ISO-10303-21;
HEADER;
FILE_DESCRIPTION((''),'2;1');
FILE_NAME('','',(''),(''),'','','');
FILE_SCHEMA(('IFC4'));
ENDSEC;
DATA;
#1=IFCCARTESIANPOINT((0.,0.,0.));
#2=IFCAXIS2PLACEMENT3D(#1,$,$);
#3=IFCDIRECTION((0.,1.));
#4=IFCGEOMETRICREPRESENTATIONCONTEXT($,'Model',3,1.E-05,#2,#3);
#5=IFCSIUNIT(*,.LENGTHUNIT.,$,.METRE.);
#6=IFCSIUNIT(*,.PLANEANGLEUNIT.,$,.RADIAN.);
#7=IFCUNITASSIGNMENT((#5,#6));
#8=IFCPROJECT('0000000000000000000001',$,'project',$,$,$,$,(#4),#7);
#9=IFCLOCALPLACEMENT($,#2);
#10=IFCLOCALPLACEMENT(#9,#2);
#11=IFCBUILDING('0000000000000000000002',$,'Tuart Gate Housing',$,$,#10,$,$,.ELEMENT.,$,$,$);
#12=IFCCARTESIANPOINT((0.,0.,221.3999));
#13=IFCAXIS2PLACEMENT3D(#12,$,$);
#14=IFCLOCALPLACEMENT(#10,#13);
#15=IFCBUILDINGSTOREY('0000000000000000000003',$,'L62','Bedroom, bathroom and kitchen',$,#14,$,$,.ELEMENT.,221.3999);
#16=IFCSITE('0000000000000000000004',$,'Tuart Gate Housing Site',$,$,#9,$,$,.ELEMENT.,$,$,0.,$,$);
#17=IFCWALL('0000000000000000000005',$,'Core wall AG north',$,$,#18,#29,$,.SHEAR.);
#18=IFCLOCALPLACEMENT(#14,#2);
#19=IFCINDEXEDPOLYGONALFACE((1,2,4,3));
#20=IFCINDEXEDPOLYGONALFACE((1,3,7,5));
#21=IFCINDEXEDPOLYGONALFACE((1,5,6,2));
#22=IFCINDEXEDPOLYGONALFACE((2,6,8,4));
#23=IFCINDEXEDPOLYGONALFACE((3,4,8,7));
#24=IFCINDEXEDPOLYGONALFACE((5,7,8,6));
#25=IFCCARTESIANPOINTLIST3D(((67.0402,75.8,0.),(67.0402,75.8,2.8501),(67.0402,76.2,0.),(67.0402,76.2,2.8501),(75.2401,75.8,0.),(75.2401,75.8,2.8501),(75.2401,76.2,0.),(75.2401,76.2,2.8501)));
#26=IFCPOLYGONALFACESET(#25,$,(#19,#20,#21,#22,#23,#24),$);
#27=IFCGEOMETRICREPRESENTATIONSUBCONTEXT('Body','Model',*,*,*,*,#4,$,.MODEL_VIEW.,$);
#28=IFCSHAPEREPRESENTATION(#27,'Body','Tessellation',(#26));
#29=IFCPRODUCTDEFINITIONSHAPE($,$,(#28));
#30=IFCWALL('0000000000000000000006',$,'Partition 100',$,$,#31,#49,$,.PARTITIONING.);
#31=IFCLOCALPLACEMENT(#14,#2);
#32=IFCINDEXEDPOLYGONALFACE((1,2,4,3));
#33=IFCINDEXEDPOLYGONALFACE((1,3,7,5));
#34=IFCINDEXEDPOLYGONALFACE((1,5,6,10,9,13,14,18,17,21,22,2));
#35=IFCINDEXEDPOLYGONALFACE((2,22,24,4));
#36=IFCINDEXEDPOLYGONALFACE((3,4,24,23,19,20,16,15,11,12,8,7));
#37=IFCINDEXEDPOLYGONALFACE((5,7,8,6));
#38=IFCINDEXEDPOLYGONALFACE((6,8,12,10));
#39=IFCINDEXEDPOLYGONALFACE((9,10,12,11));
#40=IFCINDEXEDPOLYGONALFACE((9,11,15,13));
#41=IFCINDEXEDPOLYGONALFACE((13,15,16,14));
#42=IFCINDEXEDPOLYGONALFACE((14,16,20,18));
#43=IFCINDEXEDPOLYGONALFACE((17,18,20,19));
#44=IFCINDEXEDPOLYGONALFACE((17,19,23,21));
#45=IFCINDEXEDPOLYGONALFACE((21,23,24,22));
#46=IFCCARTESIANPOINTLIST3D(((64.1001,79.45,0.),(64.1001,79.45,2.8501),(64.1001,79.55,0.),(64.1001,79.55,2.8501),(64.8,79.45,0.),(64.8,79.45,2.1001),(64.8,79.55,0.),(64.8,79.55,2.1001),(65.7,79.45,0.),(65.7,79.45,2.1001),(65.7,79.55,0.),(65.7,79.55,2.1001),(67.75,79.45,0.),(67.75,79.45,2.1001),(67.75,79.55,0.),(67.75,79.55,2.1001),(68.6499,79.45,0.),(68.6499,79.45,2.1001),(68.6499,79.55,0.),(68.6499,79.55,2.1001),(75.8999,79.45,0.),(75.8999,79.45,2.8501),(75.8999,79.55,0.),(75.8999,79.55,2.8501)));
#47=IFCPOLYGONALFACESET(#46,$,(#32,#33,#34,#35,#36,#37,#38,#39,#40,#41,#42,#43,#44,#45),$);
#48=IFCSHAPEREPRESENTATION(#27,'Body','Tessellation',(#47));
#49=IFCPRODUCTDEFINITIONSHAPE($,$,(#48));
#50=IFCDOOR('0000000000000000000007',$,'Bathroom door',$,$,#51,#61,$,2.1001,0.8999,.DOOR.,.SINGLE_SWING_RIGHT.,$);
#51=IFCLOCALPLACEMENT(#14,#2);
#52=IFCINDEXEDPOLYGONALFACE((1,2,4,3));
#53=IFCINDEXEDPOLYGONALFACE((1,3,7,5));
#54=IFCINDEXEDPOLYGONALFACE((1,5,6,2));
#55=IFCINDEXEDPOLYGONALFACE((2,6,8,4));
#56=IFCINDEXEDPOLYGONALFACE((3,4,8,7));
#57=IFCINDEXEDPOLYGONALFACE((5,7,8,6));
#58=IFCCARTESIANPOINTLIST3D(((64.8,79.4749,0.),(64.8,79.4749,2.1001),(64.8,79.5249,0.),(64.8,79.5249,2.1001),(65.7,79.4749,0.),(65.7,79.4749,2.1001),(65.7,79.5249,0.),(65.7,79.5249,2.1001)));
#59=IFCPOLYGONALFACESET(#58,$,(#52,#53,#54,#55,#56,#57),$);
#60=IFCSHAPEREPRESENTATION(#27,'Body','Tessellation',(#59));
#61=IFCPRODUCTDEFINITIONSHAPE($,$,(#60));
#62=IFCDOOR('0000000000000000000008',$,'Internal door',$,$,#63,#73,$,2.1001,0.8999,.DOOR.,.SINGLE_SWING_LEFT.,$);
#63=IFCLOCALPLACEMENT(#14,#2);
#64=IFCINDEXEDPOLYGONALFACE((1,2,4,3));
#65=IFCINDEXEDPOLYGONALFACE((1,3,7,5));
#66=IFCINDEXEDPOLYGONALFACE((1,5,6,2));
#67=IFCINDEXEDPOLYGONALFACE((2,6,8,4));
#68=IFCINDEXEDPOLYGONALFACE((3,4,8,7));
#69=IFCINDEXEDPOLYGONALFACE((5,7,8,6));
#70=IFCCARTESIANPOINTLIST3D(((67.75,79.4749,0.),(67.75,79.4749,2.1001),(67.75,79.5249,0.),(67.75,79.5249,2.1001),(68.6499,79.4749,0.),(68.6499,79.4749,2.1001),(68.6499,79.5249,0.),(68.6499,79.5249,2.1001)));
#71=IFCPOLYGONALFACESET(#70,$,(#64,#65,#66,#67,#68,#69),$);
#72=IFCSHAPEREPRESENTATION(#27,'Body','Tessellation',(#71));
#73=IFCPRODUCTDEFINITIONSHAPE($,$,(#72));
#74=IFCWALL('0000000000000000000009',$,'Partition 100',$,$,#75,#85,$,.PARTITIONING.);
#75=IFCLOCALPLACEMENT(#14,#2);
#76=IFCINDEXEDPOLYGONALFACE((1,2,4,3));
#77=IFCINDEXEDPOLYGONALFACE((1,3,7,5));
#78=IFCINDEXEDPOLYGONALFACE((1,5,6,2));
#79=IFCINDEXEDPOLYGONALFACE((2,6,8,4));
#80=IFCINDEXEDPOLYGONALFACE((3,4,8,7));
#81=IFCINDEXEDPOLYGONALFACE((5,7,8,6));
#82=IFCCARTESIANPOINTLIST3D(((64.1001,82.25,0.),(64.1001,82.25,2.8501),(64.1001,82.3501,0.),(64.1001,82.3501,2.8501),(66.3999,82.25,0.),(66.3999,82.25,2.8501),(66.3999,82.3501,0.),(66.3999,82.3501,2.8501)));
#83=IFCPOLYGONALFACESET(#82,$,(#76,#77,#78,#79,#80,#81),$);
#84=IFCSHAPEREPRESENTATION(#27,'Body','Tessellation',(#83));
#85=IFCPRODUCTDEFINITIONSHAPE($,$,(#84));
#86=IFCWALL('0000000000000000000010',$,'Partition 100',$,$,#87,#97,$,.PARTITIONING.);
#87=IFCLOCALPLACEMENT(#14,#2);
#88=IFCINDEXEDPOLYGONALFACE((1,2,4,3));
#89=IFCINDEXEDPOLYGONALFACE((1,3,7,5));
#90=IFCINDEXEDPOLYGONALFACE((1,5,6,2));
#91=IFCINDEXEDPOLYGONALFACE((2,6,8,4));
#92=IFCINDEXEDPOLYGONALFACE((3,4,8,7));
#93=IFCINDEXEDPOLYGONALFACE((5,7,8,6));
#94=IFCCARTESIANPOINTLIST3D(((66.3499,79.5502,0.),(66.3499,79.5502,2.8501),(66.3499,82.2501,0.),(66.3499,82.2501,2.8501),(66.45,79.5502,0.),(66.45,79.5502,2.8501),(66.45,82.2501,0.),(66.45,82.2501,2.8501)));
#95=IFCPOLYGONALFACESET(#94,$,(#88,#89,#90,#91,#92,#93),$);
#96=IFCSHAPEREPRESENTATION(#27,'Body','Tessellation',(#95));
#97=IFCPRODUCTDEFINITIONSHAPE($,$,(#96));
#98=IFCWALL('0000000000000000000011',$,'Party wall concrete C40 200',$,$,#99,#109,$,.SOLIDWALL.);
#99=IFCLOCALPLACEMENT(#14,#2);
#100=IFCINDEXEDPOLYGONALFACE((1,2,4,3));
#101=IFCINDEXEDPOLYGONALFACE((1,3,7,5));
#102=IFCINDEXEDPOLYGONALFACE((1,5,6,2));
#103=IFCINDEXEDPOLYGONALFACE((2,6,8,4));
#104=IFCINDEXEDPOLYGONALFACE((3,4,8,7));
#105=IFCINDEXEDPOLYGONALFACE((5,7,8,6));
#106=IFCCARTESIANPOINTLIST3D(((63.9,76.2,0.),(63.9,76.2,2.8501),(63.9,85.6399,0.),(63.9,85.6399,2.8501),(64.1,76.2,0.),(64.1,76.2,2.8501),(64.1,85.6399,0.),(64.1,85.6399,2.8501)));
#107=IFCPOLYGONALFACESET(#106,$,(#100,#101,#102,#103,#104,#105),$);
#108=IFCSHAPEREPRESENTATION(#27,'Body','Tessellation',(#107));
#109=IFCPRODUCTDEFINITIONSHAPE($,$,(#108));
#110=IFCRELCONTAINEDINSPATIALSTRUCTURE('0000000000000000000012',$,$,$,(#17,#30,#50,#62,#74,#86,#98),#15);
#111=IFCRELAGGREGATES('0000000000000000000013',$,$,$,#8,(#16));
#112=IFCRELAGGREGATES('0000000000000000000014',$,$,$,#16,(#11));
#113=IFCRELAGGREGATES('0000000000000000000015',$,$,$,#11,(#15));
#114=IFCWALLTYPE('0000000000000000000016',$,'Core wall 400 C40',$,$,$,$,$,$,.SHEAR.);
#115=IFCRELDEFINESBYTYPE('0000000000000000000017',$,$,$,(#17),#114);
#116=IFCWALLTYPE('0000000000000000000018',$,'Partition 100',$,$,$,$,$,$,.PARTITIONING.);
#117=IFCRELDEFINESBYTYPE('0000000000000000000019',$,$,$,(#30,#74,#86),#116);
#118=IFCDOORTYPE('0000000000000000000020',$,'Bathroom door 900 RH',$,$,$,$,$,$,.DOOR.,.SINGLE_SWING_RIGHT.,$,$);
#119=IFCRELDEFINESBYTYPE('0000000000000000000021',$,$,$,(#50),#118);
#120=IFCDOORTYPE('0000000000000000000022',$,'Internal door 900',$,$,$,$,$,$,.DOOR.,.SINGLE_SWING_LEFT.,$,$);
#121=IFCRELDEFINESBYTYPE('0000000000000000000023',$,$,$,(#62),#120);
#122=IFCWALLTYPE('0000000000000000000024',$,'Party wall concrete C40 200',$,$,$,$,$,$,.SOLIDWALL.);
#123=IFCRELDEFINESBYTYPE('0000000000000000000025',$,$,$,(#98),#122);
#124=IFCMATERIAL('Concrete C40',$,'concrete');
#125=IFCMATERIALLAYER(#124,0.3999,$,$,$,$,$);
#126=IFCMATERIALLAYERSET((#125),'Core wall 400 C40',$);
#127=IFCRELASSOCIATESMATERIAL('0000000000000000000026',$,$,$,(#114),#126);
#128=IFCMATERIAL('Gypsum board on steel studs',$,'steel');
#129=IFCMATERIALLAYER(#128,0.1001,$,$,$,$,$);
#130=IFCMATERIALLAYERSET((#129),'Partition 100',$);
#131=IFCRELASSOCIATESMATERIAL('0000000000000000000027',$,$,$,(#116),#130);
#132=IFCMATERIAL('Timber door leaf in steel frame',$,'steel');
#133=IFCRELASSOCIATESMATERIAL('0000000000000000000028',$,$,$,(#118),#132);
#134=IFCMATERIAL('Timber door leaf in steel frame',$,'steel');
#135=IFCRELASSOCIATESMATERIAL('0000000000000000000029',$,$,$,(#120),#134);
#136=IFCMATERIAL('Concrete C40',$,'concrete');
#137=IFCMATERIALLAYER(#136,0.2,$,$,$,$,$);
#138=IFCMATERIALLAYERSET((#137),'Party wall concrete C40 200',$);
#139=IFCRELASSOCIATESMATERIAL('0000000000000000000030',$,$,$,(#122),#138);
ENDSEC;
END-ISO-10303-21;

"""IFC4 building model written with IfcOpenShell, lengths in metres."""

from ifc_helpers import new_model, si_unit, direction, frame, frame_2d, origin, place, context, subcontext, project, spatial, rectangle, extrude, material, layer, layer_set, type_object, element, fill, save


model = new_model("IFC4")

# Units and contexts
model_context = context("Model", 3, precision=1e-05, world=origin(), true_north=direction((0.0, 1.0)))
body_context = subcontext(model_context, "Body", "Model", "MODEL_VIEW")
ifc_project = project(units=[si_unit("LENGTHUNIT", "METRE"), si_unit("PLANEANGLEUNIT", "RADIAN")], contexts=[model_context])

# Site, building, storey
site_placement = place(None, origin())
site = spatial("IfcSite", under=ifc_project, at=site_placement, Name="Tuart Gate Housing Site", CompositionType="ELEMENT", RefElevation=0.0)
building_placement = place(site_placement, origin())
building = spatial("IfcBuilding", under=site, at=building_placement, Name="Tuart Gate Housing", CompositionType="ELEMENT")
storey_placement = place(building_placement, frame((0.0, 0.0, 221.3999)))
storey = spatial("IfcBuildingStorey", under=building, at=storey_placement, Name="L62", Description="Bedroom, bathroom and kitchen", CompositionType="ELEMENT", Elevation=221.3999)

# Wall
ifc_material_1 = material(Name="Concrete C40", Category="concrete")
ifc_layer_1 = layer(ifc_material_1, 0.3999)
ifc_layer_set_1 = layer_set([ifc_layer_1], Name="Core wall 400 C40")
wall_type_1 = type_object("IfcWallType", Name="Core wall 400 C40", PredefinedType="SHEAR", material=ifc_layer_set_1)
wall_1_placement = place(storey_placement, frame((67.04, 76.0, 0.0), z_axis=(0.0, 0.0, 1.0), x_axis=(1.0, 0.0, 0.0)))
element("IfcWall", 1, at=wall_1_placement, inside=storey, type_object=wall_type_1, Name="Core wall AG north", PredefinedType="SHEAR", context=body_context, shape_type="SweptSolid", body=[
    extrude(rectangle(XDim=8.2, YDim=0.3999, at=frame_2d((4.1001, 0.0))), origin(), (0.0, 0.0, 1.0), 2.8501),
])

# Wall, openings, doors
ifc_material_2 = material(Name="Gypsum board on steel studs", Category="steel")
ifc_layer_2 = layer(ifc_material_2, 0.1001)
ifc_layer_set_2 = layer_set([ifc_layer_2], Name="Partition 100")
wall_type_2 = type_object("IfcWallType", Name="Partition 100", PredefinedType="PARTITIONING", material=ifc_layer_set_2)
wall_2_placement = place(storey_placement, frame((64.1001, 79.5, 0.0), z_axis=(0.0, 0.0, 1.0), x_axis=(1.0, 0.0, 0.0)))
wall_2 = element("IfcWall", 2, at=wall_2_placement, inside=storey, type_object=wall_type_2, Name="Partition 100", PredefinedType="PARTITIONING", context=body_context, shape_type="SweptSolid", body=[
    extrude(rectangle(XDim=11.7998, YDim=0.1001, at=frame_2d((5.8999, 0.0))), origin(), (0.0, 0.0, 1.0), 2.8501),
])
opening_1_placement = place(wall_2_placement, frame((3.6499, 0.0, 0.0)))
opening_1 = element("IfcOpeningElement", 3, at=opening_1_placement, cuts=wall_2, PredefinedType="OPENING", context=body_context, shape_type="SweptSolid", body=[
    extrude(rectangle(XDim=0.8999, YDim=2.1001, at=frame_2d((0.45, 1.05))), frame((0.0, 0.0601, 0.0), z_axis=(0.0, -1.0, 0.0), x_axis=(1.0, 0.0, 0.0)), (0.0, 0.0, 1.0), 0.1201),
])
opening_2_placement = place(wall_2_placement, frame((0.7, 0.0, 0.0)))
opening_2 = element("IfcOpeningElement", 4, at=opening_2_placement, cuts=wall_2, PredefinedType="OPENING", context=body_context, shape_type="SweptSolid", body=[
    extrude(rectangle(XDim=0.8999, YDim=2.1001, at=frame_2d((0.45, 1.05))), frame((0.0, 0.0601, 0.0), z_axis=(0.0, -1.0, 0.0), x_axis=(1.0, 0.0, 0.0)), (0.0, 0.0, 1.0), 0.1201),
])
ifc_material_3 = material(Name="Timber door leaf in steel frame", Category="steel")
door_type_1 = type_object("IfcDoorType", Name="Bathroom door 900 RH", OperationType="SINGLE_SWING_RIGHT", PredefinedType="DOOR", material=ifc_material_3)
door_1_placement = place(opening_2_placement, origin())
door_1 = element("IfcDoor", 5, at=door_1_placement, inside=storey, type_object=door_type_1, Name="Bathroom door", OperationType="SINGLE_SWING_RIGHT", OverallHeight=2.1001, OverallWidth=0.8999, PredefinedType="DOOR", context=body_context, shape_type="SweptSolid", body=[
    extrude(rectangle(XDim=0.8999, YDim=2.1001, at=frame_2d((0.45, 1.05))), frame((0.0, 0.0249, 0.0), z_axis=(0.0, -1.0, 0.0), x_axis=(1.0, 0.0, 0.0)), (0.0, 0.0, 1.0), 0.05),
])
fill(opening_2, door_1)
ifc_material_4 = material(Name="Timber door leaf in steel frame", Category="steel")
door_type_2 = type_object("IfcDoorType", Name="Internal door 900", OperationType="SINGLE_SWING_LEFT", PredefinedType="DOOR", material=ifc_material_4)
door_2_placement = place(opening_1_placement, frame((0.8999, 0.0, 0.0), z_axis=(0.0, 0.0, 1.0), x_axis=(-1.0, 0.0, 0.0)))
door_2 = element("IfcDoor", 6, at=door_2_placement, inside=storey, type_object=door_type_2, Name="Internal door", OperationType="SINGLE_SWING_LEFT", OverallHeight=2.1001, OverallWidth=0.8999, PredefinedType="DOOR", context=body_context, shape_type="SweptSolid", body=[
    extrude(rectangle(XDim=0.8999, YDim=2.1001, at=frame_2d((0.45, 1.05))), frame((0.0, 0.0251, 0.0), z_axis=(0.0, -1.0, 0.0), x_axis=(1.0, 0.0, 0.0)), (0.0, 0.0, 1.0), 0.05),
])
fill(opening_1, door_2)

# Walls
wall_3_placement = place(storey_placement, frame((64.1001, 82.3, 0.0), z_axis=(0.0, 0.0, 1.0), x_axis=(1.0, 0.0, 0.0)))
element("IfcWall", 7, at=wall_3_placement, inside=storey, type_object=wall_type_2, Name="Partition 100", PredefinedType="PARTITIONING", context=body_context, shape_type="SweptSolid", body=[
    extrude(rectangle(XDim=2.2998, YDim=0.1001, at=frame_2d((1.1499, 0.0))), origin(), (0.0, 0.0, 1.0), 2.8501),
])
wall_4_placement = place(storey_placement, frame((66.3999, 79.55, 0.0), z_axis=(0.0, 0.0, 1.0), x_axis=(0.0, 1.0, 0.0)))
element("IfcWall", 8, at=wall_4_placement, inside=storey, type_object=wall_type_2, Name="Partition 100", PredefinedType="PARTITIONING", context=body_context, shape_type="SweptSolid", body=[
    extrude(rectangle(XDim=2.7, YDim=0.1001, at=frame_2d((1.3501, 0.0))), origin(), (0.0, 0.0, 1.0), 2.8501),
])
ifc_material_5 = material(Name="Concrete C40", Category="concrete")
ifc_layer_3 = layer(ifc_material_5, 0.2)
ifc_layer_set_3 = layer_set([ifc_layer_3], Name="Party wall concrete C40 200")
wall_type_3 = type_object("IfcWallType", Name="Party wall concrete C40 200", PredefinedType="SOLIDWALL", material=ifc_layer_set_3)
wall_5_placement = place(storey_placement, frame((64.0, 76.2, 0.0), z_axis=(0.0, 0.0, 1.0), x_axis=(0.0, 1.0, 0.0)))
element("IfcWall", 9, at=wall_5_placement, inside=storey, type_object=wall_type_3, Name="Party wall concrete C40 200", PredefinedType="SOLIDWALL", context=body_context, shape_type="SweptSolid", body=[
    extrude(rectangle(XDim=9.4399, YDim=0.2, at=frame_2d((4.72, 0.0))), origin(), (0.0, 0.0, 1.0), 2.8501),
])

save(model, "model.ifc")
